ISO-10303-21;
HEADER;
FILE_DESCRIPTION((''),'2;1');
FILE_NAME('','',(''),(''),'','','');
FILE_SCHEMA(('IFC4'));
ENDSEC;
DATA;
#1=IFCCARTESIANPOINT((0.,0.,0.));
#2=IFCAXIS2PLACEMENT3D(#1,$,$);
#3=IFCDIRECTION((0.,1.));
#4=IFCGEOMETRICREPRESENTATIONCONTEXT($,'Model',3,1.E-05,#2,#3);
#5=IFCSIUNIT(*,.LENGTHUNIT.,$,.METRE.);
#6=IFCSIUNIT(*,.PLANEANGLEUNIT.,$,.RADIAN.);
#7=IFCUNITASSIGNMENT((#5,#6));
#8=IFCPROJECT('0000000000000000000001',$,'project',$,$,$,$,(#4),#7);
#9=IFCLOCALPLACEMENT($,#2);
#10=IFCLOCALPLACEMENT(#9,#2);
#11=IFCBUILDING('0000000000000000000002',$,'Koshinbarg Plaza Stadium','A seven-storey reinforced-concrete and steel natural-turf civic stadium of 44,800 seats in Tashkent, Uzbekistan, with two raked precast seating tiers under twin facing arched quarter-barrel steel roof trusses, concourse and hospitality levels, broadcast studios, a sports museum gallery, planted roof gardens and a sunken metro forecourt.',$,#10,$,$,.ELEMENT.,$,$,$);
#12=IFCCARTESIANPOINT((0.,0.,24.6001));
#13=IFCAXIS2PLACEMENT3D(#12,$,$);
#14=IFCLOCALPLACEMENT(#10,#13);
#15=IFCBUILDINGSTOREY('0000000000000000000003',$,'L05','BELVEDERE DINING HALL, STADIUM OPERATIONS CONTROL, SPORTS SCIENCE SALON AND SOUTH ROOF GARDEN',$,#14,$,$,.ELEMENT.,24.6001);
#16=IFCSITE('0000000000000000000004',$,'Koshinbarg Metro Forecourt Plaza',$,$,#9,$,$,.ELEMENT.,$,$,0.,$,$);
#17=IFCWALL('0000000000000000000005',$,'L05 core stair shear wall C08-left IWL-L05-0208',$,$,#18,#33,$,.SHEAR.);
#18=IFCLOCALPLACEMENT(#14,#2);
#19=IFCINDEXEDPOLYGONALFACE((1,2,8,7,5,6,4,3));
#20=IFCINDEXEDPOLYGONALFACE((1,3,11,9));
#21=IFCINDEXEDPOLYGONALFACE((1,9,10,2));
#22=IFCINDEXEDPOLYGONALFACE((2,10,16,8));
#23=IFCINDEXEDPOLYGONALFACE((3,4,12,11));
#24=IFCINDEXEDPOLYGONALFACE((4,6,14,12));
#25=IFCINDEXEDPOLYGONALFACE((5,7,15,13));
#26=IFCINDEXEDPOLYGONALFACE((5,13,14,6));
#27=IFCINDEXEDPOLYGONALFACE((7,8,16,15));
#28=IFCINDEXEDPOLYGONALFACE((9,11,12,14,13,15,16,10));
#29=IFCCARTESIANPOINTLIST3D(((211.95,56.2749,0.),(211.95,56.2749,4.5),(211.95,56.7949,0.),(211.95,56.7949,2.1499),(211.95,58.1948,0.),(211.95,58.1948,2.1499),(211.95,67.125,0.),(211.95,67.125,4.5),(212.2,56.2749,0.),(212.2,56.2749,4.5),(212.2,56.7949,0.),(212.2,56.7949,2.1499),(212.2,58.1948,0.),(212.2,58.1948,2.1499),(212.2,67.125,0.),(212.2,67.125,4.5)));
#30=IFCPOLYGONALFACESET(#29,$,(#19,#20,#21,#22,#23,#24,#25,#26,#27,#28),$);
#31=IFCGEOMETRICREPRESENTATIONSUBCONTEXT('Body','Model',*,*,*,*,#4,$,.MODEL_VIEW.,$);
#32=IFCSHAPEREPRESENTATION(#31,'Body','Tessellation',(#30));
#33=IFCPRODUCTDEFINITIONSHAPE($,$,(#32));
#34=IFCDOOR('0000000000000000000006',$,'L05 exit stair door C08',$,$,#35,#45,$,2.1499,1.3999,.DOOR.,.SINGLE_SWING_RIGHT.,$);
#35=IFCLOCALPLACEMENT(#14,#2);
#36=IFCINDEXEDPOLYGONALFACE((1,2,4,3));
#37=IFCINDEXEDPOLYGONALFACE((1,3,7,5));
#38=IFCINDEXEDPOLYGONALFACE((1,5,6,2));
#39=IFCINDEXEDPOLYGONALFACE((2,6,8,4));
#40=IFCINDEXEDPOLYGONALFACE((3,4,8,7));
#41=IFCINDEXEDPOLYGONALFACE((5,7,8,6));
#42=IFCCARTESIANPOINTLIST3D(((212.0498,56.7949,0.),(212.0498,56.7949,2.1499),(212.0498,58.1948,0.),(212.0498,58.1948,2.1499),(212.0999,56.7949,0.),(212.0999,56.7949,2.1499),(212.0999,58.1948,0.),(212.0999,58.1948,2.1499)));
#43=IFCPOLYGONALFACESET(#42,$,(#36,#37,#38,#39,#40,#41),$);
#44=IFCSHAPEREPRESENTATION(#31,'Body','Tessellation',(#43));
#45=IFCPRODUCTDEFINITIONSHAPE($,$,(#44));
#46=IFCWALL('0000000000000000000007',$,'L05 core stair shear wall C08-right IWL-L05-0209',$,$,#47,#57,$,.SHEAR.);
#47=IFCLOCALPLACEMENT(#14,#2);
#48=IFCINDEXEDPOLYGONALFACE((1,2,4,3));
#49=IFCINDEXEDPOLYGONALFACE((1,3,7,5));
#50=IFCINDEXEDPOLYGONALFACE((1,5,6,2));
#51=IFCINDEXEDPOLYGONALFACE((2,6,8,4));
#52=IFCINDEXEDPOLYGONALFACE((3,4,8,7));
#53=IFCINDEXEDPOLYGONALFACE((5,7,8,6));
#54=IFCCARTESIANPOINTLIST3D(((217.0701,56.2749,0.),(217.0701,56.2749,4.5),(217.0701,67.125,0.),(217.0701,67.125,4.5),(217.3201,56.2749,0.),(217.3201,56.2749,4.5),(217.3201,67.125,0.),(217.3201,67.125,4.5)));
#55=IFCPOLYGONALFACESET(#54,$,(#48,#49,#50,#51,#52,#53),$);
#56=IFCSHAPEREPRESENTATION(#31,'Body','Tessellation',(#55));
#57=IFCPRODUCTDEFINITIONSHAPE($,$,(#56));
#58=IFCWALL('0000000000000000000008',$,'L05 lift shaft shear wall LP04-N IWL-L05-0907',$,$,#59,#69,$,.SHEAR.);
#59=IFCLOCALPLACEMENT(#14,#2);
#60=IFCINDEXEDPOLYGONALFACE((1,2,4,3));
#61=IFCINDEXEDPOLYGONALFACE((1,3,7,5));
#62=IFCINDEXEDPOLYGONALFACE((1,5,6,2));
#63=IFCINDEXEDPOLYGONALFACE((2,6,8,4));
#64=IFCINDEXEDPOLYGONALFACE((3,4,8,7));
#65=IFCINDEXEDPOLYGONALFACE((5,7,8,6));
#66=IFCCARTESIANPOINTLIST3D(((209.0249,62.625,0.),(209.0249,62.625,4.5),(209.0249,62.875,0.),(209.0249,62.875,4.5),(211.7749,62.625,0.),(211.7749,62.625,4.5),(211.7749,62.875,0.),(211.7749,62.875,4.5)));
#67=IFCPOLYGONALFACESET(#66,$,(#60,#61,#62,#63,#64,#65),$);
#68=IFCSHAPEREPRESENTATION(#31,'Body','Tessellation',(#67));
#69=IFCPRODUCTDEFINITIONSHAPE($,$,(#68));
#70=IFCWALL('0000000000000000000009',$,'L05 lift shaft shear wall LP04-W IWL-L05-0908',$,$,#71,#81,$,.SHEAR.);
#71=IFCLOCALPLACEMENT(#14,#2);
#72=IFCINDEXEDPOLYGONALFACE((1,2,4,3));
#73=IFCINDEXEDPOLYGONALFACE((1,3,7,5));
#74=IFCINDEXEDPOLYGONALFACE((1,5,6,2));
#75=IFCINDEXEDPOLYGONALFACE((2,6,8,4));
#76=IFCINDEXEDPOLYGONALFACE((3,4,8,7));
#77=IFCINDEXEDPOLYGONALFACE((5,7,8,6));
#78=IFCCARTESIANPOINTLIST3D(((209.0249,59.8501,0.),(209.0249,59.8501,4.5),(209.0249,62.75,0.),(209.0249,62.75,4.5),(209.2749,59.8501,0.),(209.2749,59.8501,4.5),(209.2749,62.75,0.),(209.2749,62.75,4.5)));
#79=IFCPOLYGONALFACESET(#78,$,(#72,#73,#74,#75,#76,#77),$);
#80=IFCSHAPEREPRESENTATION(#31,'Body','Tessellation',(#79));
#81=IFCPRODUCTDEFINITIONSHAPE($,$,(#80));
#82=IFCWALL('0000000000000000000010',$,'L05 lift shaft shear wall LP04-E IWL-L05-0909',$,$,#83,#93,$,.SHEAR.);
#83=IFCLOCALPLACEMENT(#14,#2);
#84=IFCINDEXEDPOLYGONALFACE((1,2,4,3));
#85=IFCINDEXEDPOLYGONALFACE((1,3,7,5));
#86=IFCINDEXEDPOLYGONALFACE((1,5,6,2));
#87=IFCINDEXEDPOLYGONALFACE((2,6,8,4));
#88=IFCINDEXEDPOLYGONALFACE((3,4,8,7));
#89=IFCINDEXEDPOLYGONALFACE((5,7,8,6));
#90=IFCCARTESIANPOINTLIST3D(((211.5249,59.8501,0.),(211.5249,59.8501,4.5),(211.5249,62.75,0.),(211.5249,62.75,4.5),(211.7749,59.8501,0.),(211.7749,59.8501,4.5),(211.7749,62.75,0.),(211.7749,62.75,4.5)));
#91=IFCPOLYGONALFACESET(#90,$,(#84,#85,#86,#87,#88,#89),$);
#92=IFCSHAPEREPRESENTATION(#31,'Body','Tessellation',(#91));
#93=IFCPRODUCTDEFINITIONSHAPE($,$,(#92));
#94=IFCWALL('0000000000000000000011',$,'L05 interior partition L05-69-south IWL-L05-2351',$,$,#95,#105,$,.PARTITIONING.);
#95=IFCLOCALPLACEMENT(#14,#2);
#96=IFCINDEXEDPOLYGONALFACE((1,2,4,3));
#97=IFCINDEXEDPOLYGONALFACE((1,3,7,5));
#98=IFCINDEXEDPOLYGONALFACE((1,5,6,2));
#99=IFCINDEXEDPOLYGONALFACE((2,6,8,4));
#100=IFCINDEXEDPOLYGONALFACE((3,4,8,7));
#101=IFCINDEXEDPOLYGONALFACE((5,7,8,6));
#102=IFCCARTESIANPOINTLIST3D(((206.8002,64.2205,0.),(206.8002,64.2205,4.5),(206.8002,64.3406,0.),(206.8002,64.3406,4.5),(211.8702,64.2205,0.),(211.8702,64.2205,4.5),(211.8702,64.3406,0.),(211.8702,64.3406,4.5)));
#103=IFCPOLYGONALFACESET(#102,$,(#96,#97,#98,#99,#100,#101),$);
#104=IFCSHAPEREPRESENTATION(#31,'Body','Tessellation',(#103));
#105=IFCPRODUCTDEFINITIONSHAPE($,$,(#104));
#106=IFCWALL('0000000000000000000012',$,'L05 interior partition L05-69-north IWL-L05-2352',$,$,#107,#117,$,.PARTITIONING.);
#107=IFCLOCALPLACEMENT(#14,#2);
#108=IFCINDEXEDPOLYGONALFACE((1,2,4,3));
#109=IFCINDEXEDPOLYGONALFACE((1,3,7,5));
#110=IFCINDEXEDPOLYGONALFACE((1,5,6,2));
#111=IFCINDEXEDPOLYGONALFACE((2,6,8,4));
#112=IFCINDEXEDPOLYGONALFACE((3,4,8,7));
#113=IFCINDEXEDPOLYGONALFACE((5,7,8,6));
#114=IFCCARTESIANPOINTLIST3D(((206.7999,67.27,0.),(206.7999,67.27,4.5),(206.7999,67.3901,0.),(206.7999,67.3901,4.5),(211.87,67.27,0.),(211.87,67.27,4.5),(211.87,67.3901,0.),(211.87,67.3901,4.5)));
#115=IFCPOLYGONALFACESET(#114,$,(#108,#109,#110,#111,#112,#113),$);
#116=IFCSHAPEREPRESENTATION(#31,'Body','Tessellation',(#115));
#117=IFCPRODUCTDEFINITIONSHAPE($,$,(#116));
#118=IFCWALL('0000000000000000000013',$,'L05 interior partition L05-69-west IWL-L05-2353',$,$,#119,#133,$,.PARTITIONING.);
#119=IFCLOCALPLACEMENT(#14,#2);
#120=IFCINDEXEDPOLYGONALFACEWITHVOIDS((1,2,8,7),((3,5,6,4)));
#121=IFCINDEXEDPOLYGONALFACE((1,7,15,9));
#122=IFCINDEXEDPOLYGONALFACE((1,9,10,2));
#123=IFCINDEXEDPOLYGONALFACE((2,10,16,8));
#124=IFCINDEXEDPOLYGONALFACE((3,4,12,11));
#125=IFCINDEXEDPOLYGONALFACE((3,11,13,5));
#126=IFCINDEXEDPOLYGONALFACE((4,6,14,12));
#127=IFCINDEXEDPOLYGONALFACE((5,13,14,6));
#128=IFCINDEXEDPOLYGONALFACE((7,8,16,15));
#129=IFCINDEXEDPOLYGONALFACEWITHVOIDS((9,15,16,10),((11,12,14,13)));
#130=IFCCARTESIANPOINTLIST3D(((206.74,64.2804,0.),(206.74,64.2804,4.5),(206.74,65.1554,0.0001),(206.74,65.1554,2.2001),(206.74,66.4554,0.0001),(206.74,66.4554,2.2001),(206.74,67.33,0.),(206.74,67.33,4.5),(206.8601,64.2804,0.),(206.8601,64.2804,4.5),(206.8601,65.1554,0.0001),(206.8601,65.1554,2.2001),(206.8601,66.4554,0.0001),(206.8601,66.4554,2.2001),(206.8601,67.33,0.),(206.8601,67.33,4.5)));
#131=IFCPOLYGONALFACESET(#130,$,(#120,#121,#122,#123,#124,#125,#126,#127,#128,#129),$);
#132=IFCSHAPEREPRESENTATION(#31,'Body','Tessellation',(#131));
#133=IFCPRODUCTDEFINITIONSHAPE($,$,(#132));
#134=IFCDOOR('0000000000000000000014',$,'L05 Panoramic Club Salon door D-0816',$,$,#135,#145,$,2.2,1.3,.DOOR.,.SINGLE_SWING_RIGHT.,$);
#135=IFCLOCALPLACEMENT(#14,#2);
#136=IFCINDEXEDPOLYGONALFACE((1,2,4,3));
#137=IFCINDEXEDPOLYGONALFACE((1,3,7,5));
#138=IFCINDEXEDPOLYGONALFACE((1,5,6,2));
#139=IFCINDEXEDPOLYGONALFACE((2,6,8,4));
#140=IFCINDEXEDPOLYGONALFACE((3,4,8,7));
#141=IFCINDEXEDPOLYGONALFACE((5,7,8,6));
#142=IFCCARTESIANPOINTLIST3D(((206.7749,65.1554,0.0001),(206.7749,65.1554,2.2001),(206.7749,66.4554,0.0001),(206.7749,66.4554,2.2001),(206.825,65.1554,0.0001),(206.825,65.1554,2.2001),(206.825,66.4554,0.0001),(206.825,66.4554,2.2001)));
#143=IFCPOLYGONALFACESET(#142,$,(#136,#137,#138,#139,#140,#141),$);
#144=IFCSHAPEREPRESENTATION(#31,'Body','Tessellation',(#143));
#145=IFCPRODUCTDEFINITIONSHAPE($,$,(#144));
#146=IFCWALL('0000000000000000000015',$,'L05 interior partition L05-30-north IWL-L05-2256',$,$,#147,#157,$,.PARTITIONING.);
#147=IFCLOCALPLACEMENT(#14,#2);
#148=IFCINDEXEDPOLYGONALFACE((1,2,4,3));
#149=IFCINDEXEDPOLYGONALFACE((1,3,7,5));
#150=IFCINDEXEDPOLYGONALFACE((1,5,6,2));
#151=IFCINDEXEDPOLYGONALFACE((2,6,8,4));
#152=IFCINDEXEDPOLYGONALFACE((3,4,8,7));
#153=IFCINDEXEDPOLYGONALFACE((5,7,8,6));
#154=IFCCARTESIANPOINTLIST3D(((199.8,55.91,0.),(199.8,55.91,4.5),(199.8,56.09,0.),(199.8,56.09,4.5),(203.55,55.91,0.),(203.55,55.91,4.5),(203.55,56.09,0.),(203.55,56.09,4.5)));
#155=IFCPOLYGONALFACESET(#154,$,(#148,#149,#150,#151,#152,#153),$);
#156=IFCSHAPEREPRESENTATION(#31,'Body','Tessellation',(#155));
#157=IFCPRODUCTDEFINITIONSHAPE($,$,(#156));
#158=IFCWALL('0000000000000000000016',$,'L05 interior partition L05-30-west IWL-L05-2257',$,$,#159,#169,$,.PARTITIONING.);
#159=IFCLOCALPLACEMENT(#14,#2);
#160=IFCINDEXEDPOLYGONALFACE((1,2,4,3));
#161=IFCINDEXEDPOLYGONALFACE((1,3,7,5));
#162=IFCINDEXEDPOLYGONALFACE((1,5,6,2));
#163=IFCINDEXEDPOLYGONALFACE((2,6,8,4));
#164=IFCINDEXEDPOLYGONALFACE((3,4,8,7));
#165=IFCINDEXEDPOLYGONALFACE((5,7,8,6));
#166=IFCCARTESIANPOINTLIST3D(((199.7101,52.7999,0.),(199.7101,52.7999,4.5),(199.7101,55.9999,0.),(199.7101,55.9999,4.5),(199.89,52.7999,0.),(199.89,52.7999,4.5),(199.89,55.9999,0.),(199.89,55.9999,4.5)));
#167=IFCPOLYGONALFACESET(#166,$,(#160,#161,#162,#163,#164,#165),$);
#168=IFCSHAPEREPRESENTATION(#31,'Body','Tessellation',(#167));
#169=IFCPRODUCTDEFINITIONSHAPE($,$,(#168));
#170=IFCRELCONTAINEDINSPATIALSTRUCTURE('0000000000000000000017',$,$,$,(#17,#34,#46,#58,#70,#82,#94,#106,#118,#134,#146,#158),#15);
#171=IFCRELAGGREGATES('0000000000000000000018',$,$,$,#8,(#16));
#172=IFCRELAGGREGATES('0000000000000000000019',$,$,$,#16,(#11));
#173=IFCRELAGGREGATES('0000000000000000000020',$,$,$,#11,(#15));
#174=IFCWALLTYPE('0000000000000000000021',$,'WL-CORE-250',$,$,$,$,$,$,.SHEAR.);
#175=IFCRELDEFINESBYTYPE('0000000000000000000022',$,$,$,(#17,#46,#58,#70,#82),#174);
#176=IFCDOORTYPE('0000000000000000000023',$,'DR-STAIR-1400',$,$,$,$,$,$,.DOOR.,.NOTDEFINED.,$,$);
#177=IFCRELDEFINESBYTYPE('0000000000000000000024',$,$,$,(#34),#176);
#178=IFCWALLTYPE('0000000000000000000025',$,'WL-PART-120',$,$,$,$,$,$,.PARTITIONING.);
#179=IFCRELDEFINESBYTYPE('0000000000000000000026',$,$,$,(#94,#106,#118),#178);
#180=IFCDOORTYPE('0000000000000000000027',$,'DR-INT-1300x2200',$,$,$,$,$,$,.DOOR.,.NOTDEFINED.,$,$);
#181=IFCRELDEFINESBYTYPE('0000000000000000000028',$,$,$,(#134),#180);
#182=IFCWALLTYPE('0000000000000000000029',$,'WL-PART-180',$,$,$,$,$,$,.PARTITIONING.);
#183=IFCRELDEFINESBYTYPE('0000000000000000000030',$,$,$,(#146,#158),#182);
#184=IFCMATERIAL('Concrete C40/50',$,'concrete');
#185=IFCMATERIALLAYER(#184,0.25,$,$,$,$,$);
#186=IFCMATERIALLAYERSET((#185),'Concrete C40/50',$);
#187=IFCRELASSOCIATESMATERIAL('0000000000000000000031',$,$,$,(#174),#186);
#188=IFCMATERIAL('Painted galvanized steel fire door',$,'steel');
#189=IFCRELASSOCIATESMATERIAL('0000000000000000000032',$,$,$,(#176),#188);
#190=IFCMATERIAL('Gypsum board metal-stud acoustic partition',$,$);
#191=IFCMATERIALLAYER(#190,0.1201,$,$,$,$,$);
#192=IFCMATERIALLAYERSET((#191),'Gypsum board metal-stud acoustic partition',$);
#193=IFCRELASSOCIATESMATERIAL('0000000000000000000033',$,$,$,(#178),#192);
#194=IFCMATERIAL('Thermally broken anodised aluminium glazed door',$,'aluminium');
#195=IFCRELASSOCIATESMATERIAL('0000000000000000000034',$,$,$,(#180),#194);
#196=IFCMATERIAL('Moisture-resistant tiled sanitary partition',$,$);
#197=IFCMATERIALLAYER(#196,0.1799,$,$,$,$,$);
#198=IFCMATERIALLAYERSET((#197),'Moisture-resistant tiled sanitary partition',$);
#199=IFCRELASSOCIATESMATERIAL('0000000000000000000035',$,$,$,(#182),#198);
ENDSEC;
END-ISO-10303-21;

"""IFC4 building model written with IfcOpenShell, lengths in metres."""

from ifc_helpers import new_model, si_unit, direction, frame, frame_2d, origin, place, context, subcontext, project, spatial, rectangle, extrude, material, layer, layer_set, type_object, element, fill, save


model = new_model("IFC4")

# Units and contexts
model_context = context("Model", 3, precision=1e-05, world=origin(), true_north=direction((0.0, 1.0)))
body_context = subcontext(model_context, "Body", "Model", "MODEL_VIEW")
ifc_project = project(units=[si_unit("LENGTHUNIT", "METRE"), si_unit("PLANEANGLEUNIT", "RADIAN")], contexts=[model_context])

# Site, building, storey
site_placement = place(None, origin())
site = spatial("IfcSite", under=ifc_project, at=site_placement, Name="Koshinbarg Metro Forecourt Plaza", CompositionType="ELEMENT", RefElevation=0.0)
building_placement = place(site_placement, origin())
building = spatial("IfcBuilding", under=site, at=building_placement, Name="Koshinbarg Plaza Stadium", Description="A seven-storey reinforced-concrete and steel natural-turf civic stadium of 44,800 seats in Tashkent, Uzbekistan, with two raked precast seating tiers under twin facing arched quarter-barrel steel roof trusses, concourse and hospitality levels, broadcast studios, a sports museum gallery, planted roof gardens and a sunken metro forecourt.", CompositionType="ELEMENT")
storey_placement = place(building_placement, frame((0.0, 0.0, 24.6001)))
storey = spatial("IfcBuildingStorey", under=building, at=storey_placement, Name="L05", Description="BELVEDERE DINING HALL, STADIUM OPERATIONS CONTROL, SPORTS SCIENCE SALON AND SOUTH ROOF GARDEN", CompositionType="ELEMENT", Elevation=24.6001)

# Shared definitions
ifc_material_1 = material(Name="Concrete C40/50", Category="concrete")

# Shared definitions
ifc_layer_1 = layer(ifc_material_1, 0.25)
ifc_layer_set_1 = layer_set([ifc_layer_1], Name="Concrete C40/50")
wall_type_1 = type_object("IfcWallType", Name="WL-CORE-250", PredefinedType="SHEAR", material=ifc_layer_set_1)

# Wall, opening, door
wall_1_placement = place(storey_placement, frame((212.075, 56.2749, 0.0), z_axis=(0.0, 0.0, 1.0), x_axis=(0.0, 1.0, 0.0)))
wall_1 = element("IfcWall", 1, at=wall_1_placement, inside=storey, type_object=wall_type_1, Name="L05 core stair shear wall C08-left IWL-L05-0208", PredefinedType="SHEAR", context=body_context, shape_type="SweptSolid", body=[
    extrude(rectangle(XDim=10.8501, YDim=0.25, at=frame_2d((5.425, 0.0))), origin(), (0.0, 0.0, 1.0), 4.5),
])
opening_1_placement = place(wall_1_placement, frame((0.52, 0.0, 0.0)))
opening_1 = element("IfcOpeningElement", 2, at=opening_1_placement, cuts=wall_1, PredefinedType="OPENING", context=body_context, shape_type="SweptSolid", body=[
    extrude(rectangle(XDim=1.3999, YDim=2.1499, at=frame_2d((0.7, 1.075))), frame((0.0, 0.135, 0.0), z_axis=(0.0, -1.0, 0.0), x_axis=(1.0, 0.0, 0.0)), (0.0, 0.0, 1.0), 0.27),
])
ifc_material_2 = material(Name="Painted galvanized steel fire door", Category="steel")
door_type_1 = type_object("IfcDoorType", Name="DR-STAIR-1400", OperationType="NOTDEFINED", PredefinedType="DOOR", material=ifc_material_2)
door_1_placement = place(opening_1_placement, frame((1.3999, 0.0, 0.0), z_axis=(0.0, 0.0, 1.0), x_axis=(-1.0, 0.0, 0.0)))
door_1 = element("IfcDoor", 3, at=door_1_placement, inside=storey, type_object=door_type_1, Name="L05 exit stair door C08", OperationType="SINGLE_SWING_RIGHT", OverallHeight=2.1499, OverallWidth=1.3999, PredefinedType="DOOR", context=body_context, shape_type="SweptSolid", body=[
    extrude(rectangle(XDim=1.3999, YDim=2.1499, at=frame_2d((0.7, 1.075))), frame((0.0, 0.0249, 0.0), z_axis=(0.0, -1.0, 0.0), x_axis=(1.0, 0.0, 0.0)), (0.0, 0.0, 1.0), 0.05),
])
fill(opening_1, door_1)

# Wall
wall_2_placement = place(storey_placement, frame((217.1951, 56.2749, 0.0), z_axis=(0.0, 0.0, 1.0), x_axis=(0.0, 1.0, 0.0)))
element("IfcWall", 4, at=wall_2_placement, inside=storey, type_object=wall_type_1, Name="L05 core stair shear wall C08-right IWL-L05-0209", PredefinedType="SHEAR", context=body_context, shape_type="SweptSolid", body=[
    extrude(rectangle(XDim=10.8501, YDim=0.25, at=frame_2d((5.425, 0.0))), origin(), (0.0, 0.0, 1.0), 4.5),
])

# Walls
wall_3_placement = place(storey_placement, frame((211.7749, 62.75, 0.0), z_axis=(0.0, 0.0, 1.0), x_axis=(-1.0, 0.0, 0.0)))
element("IfcWall", 5, at=wall_3_placement, inside=storey, type_object=wall_type_1, Name="L05 lift shaft shear wall LP04-N IWL-L05-0907", PredefinedType="SHEAR", context=body_context, shape_type="SweptSolid", body=[
    extrude(rectangle(XDim=2.75, YDim=0.25, at=frame_2d((1.375, 0.0))), origin(), (0.0, 0.0, 1.0), 4.5),
])
for number, where, z_axis, x_axis, name in (
    (6, (209.1499, 62.75, 0.0), (0.0, 0.0, 1.0), (0.0, -1.0, 0.0), "L05 lift shaft shear wall LP04-W IWL-L05-0908"),
    (7, (211.6499, 59.8501, 0.0), (0.0, 0.0, 1.0), (0.0, 1.0, 0.0), "L05 lift shaft shear wall LP04-E IWL-L05-0909"),
):
    element("IfcWall", number, at=place(storey_placement, frame(where, z_axis=z_axis, x_axis=x_axis)), inside=storey, type_object=wall_type_1, Name=name, PredefinedType="SHEAR", context=body_context, shape_type="SweptSolid", body=[
        extrude(rectangle(XDim=2.8999, YDim=0.25, at=frame_2d((1.45, 0.0))), origin(), (0.0, 0.0, 1.0), 4.5),
    ])
ifc_material_3 = material(Name="Gypsum board metal-stud acoustic partition")
ifc_layer_2 = layer(ifc_material_3, 0.1201)
ifc_layer_set_2 = layer_set([ifc_layer_2], Name="Gypsum board metal-stud acoustic partition")
wall_type_2 = type_object("IfcWallType", Name="WL-PART-120", PredefinedType="PARTITIONING", material=ifc_layer_set_2)
for number, where, z_axis, x_axis, name in (
    (8, (206.8, 64.2805, 0.0), (0.0, 0.0, 1.0), (1.0, 0.0, 0.0), "L05 interior partition L05-69-south IWL-L05-2351"),
    (9, (211.8701, 67.3301, 0.0), (0.0, 0.0, 1.0), (-1.0, 0.0, 0.0), "L05 interior partition L05-69-north IWL-L05-2352"),
):
    element("IfcWall", number, at=place(storey_placement, frame(where, z_axis=z_axis, x_axis=x_axis)), inside=storey, type_object=wall_type_2, Name=name, PredefinedType="PARTITIONING", context=body_context, shape_type="SweptSolid", body=[
        extrude(rectangle(XDim=5.0701, YDim=0.1201, at=frame_2d((2.5352, 0.0))), origin(), (0.0, 0.0, 1.0), 4.5),
    ])

# Wall, opening, door
wall_4_placement = place(storey_placement, frame((206.8, 67.3301, 0.0), z_axis=(0.0, 0.0, 1.0), x_axis=(0.0, -1.0, 0.0)))
wall_4 = element("IfcWall", 10, at=wall_4_placement, inside=storey, type_object=wall_type_2, Name="L05 interior partition L05-69-west IWL-L05-2353", PredefinedType="PARTITIONING", context=body_context, shape_type="SweptSolid", body=[
    extrude(rectangle(XDim=3.0496, YDim=0.1201, at=frame_2d((1.5249, 0.0))), origin(), (0.0, 0.0, 1.0), 4.5),
])
opening_2_placement = place(wall_4_placement, frame((0.8748, 0.0, 0.0)))
opening_2 = element("IfcOpeningElement", 11, at=opening_2_placement, cuts=wall_4, PredefinedType="OPENING", context=body_context, shape_type="SweptSolid", body=[
    extrude(rectangle(XDim=1.3, YDim=2.2, at=frame_2d((0.6499, 1.1001))), frame((0.0, 0.0701, 0.0), z_axis=(0.0, -1.0, 0.0), x_axis=(1.0, 0.0, 0.0)), (0.0, 0.0, 1.0), 0.1401),
])
ifc_material_4 = material(Name="Thermally broken anodised aluminium glazed door", Category="aluminium")
door_type_2 = type_object("IfcDoorType", Name="DR-INT-1300x2200", OperationType="NOTDEFINED", PredefinedType="DOOR", material=ifc_material_4)
door_2_placement = place(opening_2_placement, origin())
door_2 = element("IfcDoor", 12, at=door_2_placement, inside=storey, type_object=door_type_2, Name="L05 Panoramic Club Salon door D-0816", OperationType="SINGLE_SWING_RIGHT", OverallHeight=2.2, OverallWidth=1.3, PredefinedType="DOOR", context=body_context, shape_type="SweptSolid", body=[
    extrude(rectangle(XDim=1.3, YDim=2.2, at=frame_2d((0.6499, 1.1001))), frame((0.0, 0.0249, 0.0), z_axis=(0.0, -1.0, 0.0), x_axis=(1.0, 0.0, 0.0)), (0.0, 0.0, 1.0), 0.05),
])
fill(opening_2, door_2)

# Walls
ifc_material_5 = material(Name="Moisture-resistant tiled sanitary partition")
ifc_layer_3 = layer(ifc_material_5, 0.1799)
ifc_layer_set_3 = layer_set([ifc_layer_3], Name="Moisture-resistant tiled sanitary partition")
wall_type_3 = type_object("IfcWallType", Name="WL-PART-180", PredefinedType="PARTITIONING", material=ifc_layer_set_3)
wall_5_placement = place(storey_placement, frame((203.55, 56.0, 0.0), z_axis=(0.0, 0.0, 1.0), x_axis=(-1.0, 0.0, 0.0)))
element("IfcWall", 13, at=wall_5_placement, inside=storey, type_object=wall_type_3, Name="L05 interior partition L05-30-north IWL-L05-2256", PredefinedType="PARTITIONING", context=body_context, shape_type="SweptSolid", body=[
    extrude(rectangle(XDim=3.75, YDim=0.1799, at=frame_2d((1.875, 0.0))), origin(), (0.0, 0.0, 1.0), 4.5),
])
wall_6_placement = place(storey_placement, frame((199.8, 56.0, 0.0), z_axis=(0.0, 0.0, 1.0), x_axis=(0.0, -1.0, 0.0)))
element("IfcWall", 14, at=wall_6_placement, inside=storey, type_object=wall_type_3, Name="L05 interior partition L05-30-west IWL-L05-2257", PredefinedType="PARTITIONING", context=body_context, shape_type="SweptSolid", body=[
    extrude(rectangle(XDim=3.2, YDim=0.1799, at=frame_2d((1.6001, 0.0))), origin(), (0.0, 0.0, 1.0), 4.5),
])

save(model, "model.ifc")
